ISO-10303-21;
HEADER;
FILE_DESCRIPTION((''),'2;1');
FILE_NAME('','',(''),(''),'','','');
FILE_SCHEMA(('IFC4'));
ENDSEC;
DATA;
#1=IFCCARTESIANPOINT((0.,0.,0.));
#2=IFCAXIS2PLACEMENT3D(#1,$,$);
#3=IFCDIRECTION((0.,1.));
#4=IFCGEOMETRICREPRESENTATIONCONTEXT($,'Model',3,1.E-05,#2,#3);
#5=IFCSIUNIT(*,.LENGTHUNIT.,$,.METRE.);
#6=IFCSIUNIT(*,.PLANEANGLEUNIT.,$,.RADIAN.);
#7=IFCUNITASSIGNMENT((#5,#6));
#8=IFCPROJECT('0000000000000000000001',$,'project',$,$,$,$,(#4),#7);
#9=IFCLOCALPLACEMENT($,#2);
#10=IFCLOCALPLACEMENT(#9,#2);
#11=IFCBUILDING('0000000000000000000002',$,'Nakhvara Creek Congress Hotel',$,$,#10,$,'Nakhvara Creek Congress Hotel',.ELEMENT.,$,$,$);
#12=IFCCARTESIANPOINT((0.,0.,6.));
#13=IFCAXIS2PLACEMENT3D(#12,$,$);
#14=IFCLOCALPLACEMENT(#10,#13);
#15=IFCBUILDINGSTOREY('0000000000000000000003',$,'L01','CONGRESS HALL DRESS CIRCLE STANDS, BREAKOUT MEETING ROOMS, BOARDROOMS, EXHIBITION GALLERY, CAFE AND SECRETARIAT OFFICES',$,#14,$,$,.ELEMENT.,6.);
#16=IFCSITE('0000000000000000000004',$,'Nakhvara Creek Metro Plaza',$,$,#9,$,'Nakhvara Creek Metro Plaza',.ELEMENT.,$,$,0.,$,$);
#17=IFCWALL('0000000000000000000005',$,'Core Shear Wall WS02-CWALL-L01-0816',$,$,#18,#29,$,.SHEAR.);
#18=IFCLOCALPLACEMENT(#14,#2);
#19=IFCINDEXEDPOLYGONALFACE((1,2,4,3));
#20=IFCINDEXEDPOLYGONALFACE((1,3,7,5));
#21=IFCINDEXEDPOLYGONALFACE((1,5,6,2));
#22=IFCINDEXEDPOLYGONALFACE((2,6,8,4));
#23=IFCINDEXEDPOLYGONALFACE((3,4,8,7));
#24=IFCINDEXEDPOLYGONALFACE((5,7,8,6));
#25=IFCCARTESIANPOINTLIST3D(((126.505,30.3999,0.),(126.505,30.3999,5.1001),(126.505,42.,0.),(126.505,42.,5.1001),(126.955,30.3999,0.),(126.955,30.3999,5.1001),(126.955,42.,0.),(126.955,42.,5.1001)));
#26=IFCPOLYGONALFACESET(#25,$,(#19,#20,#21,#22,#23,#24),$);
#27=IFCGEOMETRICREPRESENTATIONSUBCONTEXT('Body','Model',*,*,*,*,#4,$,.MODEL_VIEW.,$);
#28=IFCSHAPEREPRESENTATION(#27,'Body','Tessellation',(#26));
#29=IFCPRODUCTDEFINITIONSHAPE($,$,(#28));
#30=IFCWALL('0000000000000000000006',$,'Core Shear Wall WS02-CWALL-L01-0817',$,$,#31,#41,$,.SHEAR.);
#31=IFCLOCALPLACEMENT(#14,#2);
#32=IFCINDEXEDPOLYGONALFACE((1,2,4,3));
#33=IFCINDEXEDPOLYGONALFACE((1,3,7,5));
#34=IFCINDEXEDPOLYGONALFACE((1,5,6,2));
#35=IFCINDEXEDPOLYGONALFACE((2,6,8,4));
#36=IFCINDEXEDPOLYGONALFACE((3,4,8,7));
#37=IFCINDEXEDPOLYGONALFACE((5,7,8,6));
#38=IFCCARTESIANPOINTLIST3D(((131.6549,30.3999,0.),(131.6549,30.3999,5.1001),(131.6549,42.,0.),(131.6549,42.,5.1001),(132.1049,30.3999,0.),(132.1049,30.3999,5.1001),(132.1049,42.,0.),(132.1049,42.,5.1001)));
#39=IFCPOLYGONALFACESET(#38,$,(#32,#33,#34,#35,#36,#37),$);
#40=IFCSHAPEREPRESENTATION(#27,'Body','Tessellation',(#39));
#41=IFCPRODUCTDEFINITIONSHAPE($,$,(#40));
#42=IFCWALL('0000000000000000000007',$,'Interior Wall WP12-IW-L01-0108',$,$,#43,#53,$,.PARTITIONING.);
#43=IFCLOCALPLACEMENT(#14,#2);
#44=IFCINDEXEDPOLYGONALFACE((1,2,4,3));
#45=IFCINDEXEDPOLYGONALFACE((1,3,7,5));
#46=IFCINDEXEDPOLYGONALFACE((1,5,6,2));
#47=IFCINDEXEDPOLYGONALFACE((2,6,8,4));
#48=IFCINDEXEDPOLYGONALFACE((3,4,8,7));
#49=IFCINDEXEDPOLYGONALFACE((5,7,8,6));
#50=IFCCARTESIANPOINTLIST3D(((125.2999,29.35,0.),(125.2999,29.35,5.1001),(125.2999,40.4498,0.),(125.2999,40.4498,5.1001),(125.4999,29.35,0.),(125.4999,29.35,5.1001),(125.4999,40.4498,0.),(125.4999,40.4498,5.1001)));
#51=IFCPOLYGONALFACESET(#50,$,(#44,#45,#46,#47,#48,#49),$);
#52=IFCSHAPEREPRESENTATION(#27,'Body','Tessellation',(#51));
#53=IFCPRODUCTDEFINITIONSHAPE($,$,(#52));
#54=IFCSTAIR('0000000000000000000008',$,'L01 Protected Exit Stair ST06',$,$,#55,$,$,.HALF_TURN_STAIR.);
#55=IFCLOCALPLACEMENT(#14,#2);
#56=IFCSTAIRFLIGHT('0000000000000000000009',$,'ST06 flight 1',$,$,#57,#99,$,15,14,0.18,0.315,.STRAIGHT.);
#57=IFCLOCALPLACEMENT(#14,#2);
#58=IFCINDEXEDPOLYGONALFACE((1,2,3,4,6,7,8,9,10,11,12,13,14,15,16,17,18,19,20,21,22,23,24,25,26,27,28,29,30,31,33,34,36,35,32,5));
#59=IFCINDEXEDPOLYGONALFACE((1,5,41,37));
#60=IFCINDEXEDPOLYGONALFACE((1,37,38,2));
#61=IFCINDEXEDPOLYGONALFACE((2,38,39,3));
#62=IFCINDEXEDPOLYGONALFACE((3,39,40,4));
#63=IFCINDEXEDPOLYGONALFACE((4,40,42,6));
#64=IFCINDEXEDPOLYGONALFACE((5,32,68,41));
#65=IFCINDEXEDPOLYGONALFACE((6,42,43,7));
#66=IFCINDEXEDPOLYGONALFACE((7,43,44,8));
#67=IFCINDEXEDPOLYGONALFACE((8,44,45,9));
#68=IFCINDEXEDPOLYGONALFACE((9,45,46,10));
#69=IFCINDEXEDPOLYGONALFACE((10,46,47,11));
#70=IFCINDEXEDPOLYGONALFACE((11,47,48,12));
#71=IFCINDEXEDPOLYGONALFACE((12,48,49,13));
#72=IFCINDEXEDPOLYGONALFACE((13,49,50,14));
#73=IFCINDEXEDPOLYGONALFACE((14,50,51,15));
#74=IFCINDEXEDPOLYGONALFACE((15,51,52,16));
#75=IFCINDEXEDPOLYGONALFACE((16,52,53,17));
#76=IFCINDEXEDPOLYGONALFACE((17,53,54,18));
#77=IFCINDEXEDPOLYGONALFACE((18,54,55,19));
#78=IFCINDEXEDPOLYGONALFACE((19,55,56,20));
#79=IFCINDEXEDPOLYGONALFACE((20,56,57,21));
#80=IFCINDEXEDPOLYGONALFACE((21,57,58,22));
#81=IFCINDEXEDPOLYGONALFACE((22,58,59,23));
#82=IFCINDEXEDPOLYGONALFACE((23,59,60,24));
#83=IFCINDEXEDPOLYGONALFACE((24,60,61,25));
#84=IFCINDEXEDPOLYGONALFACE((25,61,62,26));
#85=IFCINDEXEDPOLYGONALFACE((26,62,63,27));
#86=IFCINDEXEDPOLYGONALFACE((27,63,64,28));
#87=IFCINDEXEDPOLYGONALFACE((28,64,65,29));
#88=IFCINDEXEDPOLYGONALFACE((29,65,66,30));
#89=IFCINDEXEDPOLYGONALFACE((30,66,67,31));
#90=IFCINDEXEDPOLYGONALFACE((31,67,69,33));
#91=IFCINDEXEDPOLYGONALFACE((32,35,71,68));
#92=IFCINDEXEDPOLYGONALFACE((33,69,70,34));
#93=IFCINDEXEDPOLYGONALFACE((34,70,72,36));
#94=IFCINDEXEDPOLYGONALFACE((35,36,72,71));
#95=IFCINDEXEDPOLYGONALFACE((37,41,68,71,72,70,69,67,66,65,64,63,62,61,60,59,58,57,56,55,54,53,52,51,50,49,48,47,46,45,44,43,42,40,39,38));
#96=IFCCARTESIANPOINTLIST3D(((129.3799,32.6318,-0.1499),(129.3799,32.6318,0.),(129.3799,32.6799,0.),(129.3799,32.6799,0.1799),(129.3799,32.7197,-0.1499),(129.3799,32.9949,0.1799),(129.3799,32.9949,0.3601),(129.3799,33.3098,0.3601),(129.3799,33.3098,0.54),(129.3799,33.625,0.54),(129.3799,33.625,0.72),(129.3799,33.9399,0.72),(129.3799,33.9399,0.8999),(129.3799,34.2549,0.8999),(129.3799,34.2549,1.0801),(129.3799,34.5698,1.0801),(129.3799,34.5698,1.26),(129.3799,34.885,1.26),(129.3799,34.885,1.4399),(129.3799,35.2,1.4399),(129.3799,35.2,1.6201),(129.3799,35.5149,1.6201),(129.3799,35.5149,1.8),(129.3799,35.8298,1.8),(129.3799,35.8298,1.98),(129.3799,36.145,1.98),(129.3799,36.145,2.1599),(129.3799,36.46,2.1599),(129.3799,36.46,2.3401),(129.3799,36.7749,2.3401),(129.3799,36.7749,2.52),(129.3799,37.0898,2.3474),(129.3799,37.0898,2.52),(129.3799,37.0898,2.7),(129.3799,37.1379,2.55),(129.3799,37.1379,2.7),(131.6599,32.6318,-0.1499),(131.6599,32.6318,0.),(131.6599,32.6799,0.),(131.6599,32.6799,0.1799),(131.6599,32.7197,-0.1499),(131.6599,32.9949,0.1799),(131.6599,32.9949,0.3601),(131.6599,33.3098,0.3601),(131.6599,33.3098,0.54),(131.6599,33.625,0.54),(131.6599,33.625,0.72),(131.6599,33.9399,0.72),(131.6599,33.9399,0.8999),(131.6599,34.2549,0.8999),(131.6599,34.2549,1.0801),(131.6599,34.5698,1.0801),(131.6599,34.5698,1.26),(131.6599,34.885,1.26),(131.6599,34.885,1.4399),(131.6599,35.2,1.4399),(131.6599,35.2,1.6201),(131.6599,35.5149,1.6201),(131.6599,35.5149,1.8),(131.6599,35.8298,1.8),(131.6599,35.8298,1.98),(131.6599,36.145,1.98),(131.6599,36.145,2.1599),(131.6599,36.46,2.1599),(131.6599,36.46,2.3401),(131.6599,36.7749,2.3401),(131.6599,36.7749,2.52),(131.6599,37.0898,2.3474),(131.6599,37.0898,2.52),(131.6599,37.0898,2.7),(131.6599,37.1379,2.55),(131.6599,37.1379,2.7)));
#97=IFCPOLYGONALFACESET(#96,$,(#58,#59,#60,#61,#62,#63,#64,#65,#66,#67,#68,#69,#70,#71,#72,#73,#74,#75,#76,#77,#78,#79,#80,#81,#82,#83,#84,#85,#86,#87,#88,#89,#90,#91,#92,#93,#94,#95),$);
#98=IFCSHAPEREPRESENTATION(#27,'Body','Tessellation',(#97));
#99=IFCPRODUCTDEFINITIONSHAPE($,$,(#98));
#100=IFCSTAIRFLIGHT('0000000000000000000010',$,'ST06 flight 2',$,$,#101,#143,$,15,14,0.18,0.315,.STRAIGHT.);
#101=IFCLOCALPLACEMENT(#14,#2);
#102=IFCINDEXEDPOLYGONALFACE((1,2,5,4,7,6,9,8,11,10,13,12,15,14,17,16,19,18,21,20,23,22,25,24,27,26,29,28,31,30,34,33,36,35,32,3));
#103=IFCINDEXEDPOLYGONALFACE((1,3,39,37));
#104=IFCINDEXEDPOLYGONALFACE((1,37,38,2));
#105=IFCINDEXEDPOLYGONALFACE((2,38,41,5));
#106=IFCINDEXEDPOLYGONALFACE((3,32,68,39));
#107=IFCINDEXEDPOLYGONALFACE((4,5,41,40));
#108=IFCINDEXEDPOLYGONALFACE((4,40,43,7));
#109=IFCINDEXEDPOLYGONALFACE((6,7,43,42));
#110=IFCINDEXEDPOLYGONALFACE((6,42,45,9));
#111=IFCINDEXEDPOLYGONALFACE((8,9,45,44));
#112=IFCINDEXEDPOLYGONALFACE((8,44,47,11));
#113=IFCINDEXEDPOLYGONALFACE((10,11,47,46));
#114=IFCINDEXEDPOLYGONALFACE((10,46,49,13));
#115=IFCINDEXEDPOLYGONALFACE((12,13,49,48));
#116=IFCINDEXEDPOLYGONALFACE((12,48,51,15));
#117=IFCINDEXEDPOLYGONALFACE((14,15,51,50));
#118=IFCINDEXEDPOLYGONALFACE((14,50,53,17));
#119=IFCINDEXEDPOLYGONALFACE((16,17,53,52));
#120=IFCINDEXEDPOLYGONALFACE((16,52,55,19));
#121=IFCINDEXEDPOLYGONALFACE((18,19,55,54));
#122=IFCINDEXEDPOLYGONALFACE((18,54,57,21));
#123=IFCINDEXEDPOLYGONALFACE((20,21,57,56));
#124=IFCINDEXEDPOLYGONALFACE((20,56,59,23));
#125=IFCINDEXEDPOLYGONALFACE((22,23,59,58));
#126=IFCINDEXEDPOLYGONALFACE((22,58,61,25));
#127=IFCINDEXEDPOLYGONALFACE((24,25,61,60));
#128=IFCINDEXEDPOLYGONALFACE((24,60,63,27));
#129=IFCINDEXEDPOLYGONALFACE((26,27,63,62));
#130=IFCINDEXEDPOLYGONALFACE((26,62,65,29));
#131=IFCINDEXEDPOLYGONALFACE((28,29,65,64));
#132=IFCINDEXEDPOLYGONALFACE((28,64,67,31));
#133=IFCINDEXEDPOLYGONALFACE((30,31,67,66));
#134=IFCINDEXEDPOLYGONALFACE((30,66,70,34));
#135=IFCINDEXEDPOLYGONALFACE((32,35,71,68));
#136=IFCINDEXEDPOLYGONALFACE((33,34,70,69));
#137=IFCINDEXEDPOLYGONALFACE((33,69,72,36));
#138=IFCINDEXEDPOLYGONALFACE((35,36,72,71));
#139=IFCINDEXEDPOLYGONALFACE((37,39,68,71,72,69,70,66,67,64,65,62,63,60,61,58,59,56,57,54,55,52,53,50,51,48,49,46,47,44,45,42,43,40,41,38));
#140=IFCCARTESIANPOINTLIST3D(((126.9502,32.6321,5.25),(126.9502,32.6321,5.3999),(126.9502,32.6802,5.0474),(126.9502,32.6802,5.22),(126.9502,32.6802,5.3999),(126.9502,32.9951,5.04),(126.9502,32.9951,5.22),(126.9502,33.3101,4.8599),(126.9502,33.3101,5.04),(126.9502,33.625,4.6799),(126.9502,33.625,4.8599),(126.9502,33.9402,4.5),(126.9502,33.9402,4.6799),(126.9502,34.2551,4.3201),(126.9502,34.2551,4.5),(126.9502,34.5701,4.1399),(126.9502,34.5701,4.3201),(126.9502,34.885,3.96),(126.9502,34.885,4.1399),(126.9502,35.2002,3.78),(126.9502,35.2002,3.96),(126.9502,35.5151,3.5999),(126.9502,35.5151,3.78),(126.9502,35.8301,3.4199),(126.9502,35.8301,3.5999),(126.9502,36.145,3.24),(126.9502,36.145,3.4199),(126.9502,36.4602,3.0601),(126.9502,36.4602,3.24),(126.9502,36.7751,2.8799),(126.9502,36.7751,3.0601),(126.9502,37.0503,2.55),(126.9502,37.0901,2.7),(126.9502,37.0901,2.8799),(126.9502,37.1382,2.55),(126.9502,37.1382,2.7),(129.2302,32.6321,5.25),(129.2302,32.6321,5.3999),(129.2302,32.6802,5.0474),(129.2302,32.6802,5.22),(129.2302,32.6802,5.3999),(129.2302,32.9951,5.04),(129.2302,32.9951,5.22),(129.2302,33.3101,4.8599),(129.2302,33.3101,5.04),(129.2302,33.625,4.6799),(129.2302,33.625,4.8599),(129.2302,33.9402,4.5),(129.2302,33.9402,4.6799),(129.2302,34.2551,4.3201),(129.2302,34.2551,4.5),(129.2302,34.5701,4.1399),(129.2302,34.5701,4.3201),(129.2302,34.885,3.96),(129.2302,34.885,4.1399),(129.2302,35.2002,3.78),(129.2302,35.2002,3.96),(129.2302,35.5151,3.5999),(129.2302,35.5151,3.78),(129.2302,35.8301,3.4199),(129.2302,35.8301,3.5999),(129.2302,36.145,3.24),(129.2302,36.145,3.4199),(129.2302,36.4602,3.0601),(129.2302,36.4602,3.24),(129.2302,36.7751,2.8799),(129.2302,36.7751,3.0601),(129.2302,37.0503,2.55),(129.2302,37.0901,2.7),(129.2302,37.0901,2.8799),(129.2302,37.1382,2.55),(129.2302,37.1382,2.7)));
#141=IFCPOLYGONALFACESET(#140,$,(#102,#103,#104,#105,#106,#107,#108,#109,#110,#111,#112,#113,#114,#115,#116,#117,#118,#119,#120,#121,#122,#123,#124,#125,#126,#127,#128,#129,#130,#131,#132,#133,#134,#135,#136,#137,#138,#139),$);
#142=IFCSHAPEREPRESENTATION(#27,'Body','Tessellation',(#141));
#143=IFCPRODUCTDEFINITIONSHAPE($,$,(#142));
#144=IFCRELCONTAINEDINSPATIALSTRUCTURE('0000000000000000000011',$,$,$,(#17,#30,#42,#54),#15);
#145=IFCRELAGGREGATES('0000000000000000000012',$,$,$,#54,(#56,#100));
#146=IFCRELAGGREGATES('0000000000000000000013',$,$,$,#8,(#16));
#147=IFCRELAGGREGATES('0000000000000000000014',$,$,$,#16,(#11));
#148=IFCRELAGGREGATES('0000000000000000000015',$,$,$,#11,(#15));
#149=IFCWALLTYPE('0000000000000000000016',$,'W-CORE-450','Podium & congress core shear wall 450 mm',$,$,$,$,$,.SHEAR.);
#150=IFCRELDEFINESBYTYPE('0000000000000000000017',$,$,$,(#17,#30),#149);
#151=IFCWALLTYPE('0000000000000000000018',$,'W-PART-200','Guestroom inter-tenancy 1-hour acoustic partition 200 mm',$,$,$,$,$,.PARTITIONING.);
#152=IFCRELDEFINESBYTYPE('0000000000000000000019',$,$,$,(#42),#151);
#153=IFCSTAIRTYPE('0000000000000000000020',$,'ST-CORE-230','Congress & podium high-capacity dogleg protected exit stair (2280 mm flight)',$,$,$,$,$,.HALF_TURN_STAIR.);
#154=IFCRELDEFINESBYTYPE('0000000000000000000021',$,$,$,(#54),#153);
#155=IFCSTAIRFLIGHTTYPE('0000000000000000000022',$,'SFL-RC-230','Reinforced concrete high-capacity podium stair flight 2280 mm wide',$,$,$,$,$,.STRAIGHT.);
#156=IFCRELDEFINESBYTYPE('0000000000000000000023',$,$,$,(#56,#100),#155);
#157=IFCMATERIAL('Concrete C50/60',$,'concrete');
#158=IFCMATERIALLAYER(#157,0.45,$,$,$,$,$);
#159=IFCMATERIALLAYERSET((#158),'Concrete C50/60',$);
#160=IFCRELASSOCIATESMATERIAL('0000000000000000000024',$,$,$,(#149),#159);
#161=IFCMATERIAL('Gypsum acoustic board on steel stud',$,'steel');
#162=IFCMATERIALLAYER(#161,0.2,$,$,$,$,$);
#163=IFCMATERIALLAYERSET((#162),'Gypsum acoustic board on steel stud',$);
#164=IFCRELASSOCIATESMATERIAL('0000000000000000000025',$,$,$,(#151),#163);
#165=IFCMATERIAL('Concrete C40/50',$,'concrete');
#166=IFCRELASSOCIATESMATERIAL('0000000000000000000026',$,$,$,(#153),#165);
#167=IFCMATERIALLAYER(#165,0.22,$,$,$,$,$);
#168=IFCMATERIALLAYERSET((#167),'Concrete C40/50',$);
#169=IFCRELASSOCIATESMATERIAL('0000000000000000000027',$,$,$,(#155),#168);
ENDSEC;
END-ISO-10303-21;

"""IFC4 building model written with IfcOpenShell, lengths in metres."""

from ifc_helpers import new_model, si_unit, direction, frame, frame_2d, origin, place, context, subcontext, project, spatial, polyline, rectangle, outline, extrude, material, layer, layer_set, type_object, element, aggregate, save


model = new_model("IFC4")

# Units and contexts
model_context = context("Model", 3, precision=1e-05, world=origin(), true_north=direction((0.0, 1.0)))
body_context = subcontext(model_context, "Body", "Model", "MODEL_VIEW")
ifc_project = project(units=[si_unit("LENGTHUNIT", "METRE"), si_unit("PLANEANGLEUNIT", "RADIAN")], contexts=[model_context])

# Site, building, storey
site_placement = place(None, origin())
site = spatial("IfcSite", under=ifc_project, at=site_placement, Name="Nakhvara Creek Metro Plaza", LongName="Nakhvara Creek Metro Plaza", CompositionType="ELEMENT", RefElevation=0.0)
building_placement = place(site_placement, origin())
building = spatial("IfcBuilding", under=site, at=building_placement, Name="Nakhvara Creek Congress Hotel", LongName="Nakhvara Creek Congress Hotel", CompositionType="ELEMENT")
storey_placement = place(building_placement, frame((0.0, 0.0, 6.0)))
storey = spatial("IfcBuildingStorey", under=building, at=storey_placement, Name="L01", Description="CONGRESS HALL DRESS CIRCLE STANDS, BREAKOUT MEETING ROOMS, BOARDROOMS, EXHIBITION GALLERY, CAFE AND SECRETARIAT OFFICES", CompositionType="ELEMENT", Elevation=6.0)

# Shared definitions
ifc_material_1 = material(Name="Concrete C50/60", Category="concrete")

# Shared definitions
ifc_material_2 = material(Name="Concrete C40/50", Category="concrete")

# Shared definitions
ifc_layer_1 = layer(ifc_material_1, 0.45)
ifc_layer_set_1 = layer_set([ifc_layer_1], Name="Concrete C50/60")
wall_type_1 = type_object("IfcWallType", Name="W-CORE-450", Description="Podium & congress core shear wall 450 mm", PredefinedType="SHEAR", material=ifc_layer_set_1)

# Walls
for number, where, z_axis, x_axis, name in (
    (1, (126.73, 30.3999, 0.0), (0.0, 0.0, 1.0), (0.0, 1.0, 0.0), "Core Shear Wall WS02-CWALL-L01-0816"),
    (2, (131.8799, 30.3999, 0.0), (0.0, 0.0, 1.0), (0.0, 1.0, 0.0), "Core Shear Wall WS02-CWALL-L01-0817"),
):
    element("IfcWall", number, at=place(storey_placement, frame(where, z_axis=z_axis, x_axis=x_axis)), inside=storey, type_object=wall_type_1, Name=name, PredefinedType="SHEAR", context=body_context, shape_type="SweptSolid", body=[
        extrude(rectangle(XDim=11.6001, YDim=0.45, at=frame_2d((5.8, 0.0))), origin(), (0.0, 0.0, 1.0), 5.1001),
    ])
ifc_material_3 = material(Name="Gypsum acoustic board on steel stud", Category="steel")
ifc_layer_2 = layer(ifc_material_3, 0.2)
ifc_layer_set_2 = layer_set([ifc_layer_2], Name="Gypsum acoustic board on steel stud")
wall_type_2 = type_object("IfcWallType", Name="W-PART-200", Description="Guestroom inter-tenancy 1-hour acoustic partition 200 mm", PredefinedType="PARTITIONING", material=ifc_layer_set_2)
wall_1_placement = place(storey_placement, frame((125.3999, 29.3501, 0.0), z_axis=(0.0, 0.0, 1.0), x_axis=(0.0, 1.0, 0.0)))
element("IfcWall", 3, at=wall_1_placement, inside=storey, type_object=wall_type_2, Name="Interior Wall WP12-IW-L01-0108", PredefinedType="PARTITIONING", context=body_context, shape_type="SweptSolid", body=[
    extrude(rectangle(XDim=11.0999, YDim=0.2, at=frame_2d((5.5498, 0.0))), origin(), (0.0, 0.0, 1.0), 5.1001),
])

# Stair, stair flights
stair_type = type_object("IfcStairType", Name="ST-CORE-230", Description="Congress & podium high-capacity dogleg protected exit stair (2280 mm flight)", PredefinedType="HALF_TURN_STAIR", material=ifc_material_2)
stair_placement = place(storey_placement, origin())
stair = element("IfcStair", 4, at=stair_placement, inside=storey, type_object=stair_type, Name="L01 Protected Exit Stair ST06", PredefinedType="HALF_TURN_STAIR")
ifc_layer_3 = layer(ifc_material_2, 0.22)
ifc_layer_set_3 = layer_set([ifc_layer_3], Name="Concrete C40/50")
stair_flight_type = type_object("IfcStairFlightType", Name="SFL-RC-230", Description="Reinforced concrete high-capacity podium stair flight 2280 mm wide", PredefinedType="STRAIGHT", material=ifc_layer_set_3)
stair_flight_1_placement = place(storey_placement, frame((130.52, 32.6799, 0.0), z_axis=(0.0, 0.0, 1.0), x_axis=(0.0, 1.0, 0.0)))
stair_flight_1 = element("IfcStairFlight", 5, at=stair_flight_1_placement, type_object=stair_flight_type, Name="ST06 flight 1", NumberOfRisers=15, NumberOfTreads=14, PredefinedType="STRAIGHT", RiserHeight=0.18, TreadLength=0.315, context=body_context, shape_type="SweptSolid", body=[
    extrude(outline(polyline([(-0.0481, 0.0), (0.0, 0.0), (0.0, 0.1799), (0.3149, 0.1799), (0.3149, 0.3601), (0.6299, 0.3601), (0.6299, 0.54), (0.9451, 0.54), (0.9451, 0.72), (1.26, 0.72), (1.26, 0.8999), (1.575, 0.8999), (1.575, 1.0801), (1.8899, 1.0801), (1.8899, 1.26), (2.2051, 1.26), (2.2051, 1.4399), (2.52, 1.4399), (2.52, 1.6201), (2.835, 1.6201), (2.835, 1.8), (3.1499, 1.8), (3.1499, 1.98), (3.4651, 1.98), (3.4651, 2.1599), (3.78, 2.1599), (3.78, 2.3401), (4.095, 2.3401), (4.095, 2.52), (4.4099, 2.52), (4.4099, 2.7), (4.458, 2.7), (4.458, 2.55), (4.4099, 2.3474), (0.0398, -0.1499), (-0.0481, -0.1499), (-0.0481, 0.0)])), frame((0.0, 1.1401, 0.0), z_axis=(0.0, -1.0, 0.0), x_axis=(1.0, 0.0, 0.0)), (0.0, 0.0, 1.0), 2.28),
])
stair_flight_2_placement = place(storey_placement, frame((128.0901, 37.0901, 2.7), z_axis=(0.0, 0.0, 1.0), x_axis=(0.0, -1.0, 0.0)))
stair_flight_2 = element("IfcStairFlight", 6, at=stair_flight_2_placement, type_object=stair_flight_type, Name="ST06 flight 2", NumberOfRisers=15, NumberOfTreads=14, PredefinedType="STRAIGHT", RiserHeight=0.18, TreadLength=0.315, context=body_context, shape_type="SweptSolid", body=[
    extrude(outline(polyline([(-0.0481, 0.0), (0.0, 0.0), (0.0, 0.1799), (0.3149, 0.1799), (0.3149, 0.3601), (0.6299, 0.3601), (0.6299, 0.54), (0.9451, 0.54), (0.9451, 0.72), (1.26, 0.72), (1.26, 0.8999), (1.575, 0.8999), (1.575, 1.0801), (1.8899, 1.0801), (1.8899, 1.26), (2.2051, 1.26), (2.2051, 1.4399), (2.52, 1.4399), (2.52, 1.6201), (2.835, 1.6201), (2.835, 1.8), (3.1499, 1.8), (3.1499, 1.98), (3.4651, 1.98), (3.4651, 2.1599), (3.78, 2.1599), (3.78, 2.3401), (4.095, 2.3401), (4.095, 2.52), (4.4099, 2.52), (4.4099, 2.7), (4.458, 2.7), (4.458, 2.55), (4.4099, 2.3474), (0.0398, -0.1499), (-0.0481, -0.1499), (-0.0481, 0.0)])), frame((0.0, 1.1401, 0.0), z_axis=(0.0, -1.0, 0.0), x_axis=(1.0, 0.0, 0.0)), (0.0, 0.0, 1.0), 2.28),
])
aggregate(stair, [stair_flight_1, stair_flight_2])

save(model, "model.ifc")
